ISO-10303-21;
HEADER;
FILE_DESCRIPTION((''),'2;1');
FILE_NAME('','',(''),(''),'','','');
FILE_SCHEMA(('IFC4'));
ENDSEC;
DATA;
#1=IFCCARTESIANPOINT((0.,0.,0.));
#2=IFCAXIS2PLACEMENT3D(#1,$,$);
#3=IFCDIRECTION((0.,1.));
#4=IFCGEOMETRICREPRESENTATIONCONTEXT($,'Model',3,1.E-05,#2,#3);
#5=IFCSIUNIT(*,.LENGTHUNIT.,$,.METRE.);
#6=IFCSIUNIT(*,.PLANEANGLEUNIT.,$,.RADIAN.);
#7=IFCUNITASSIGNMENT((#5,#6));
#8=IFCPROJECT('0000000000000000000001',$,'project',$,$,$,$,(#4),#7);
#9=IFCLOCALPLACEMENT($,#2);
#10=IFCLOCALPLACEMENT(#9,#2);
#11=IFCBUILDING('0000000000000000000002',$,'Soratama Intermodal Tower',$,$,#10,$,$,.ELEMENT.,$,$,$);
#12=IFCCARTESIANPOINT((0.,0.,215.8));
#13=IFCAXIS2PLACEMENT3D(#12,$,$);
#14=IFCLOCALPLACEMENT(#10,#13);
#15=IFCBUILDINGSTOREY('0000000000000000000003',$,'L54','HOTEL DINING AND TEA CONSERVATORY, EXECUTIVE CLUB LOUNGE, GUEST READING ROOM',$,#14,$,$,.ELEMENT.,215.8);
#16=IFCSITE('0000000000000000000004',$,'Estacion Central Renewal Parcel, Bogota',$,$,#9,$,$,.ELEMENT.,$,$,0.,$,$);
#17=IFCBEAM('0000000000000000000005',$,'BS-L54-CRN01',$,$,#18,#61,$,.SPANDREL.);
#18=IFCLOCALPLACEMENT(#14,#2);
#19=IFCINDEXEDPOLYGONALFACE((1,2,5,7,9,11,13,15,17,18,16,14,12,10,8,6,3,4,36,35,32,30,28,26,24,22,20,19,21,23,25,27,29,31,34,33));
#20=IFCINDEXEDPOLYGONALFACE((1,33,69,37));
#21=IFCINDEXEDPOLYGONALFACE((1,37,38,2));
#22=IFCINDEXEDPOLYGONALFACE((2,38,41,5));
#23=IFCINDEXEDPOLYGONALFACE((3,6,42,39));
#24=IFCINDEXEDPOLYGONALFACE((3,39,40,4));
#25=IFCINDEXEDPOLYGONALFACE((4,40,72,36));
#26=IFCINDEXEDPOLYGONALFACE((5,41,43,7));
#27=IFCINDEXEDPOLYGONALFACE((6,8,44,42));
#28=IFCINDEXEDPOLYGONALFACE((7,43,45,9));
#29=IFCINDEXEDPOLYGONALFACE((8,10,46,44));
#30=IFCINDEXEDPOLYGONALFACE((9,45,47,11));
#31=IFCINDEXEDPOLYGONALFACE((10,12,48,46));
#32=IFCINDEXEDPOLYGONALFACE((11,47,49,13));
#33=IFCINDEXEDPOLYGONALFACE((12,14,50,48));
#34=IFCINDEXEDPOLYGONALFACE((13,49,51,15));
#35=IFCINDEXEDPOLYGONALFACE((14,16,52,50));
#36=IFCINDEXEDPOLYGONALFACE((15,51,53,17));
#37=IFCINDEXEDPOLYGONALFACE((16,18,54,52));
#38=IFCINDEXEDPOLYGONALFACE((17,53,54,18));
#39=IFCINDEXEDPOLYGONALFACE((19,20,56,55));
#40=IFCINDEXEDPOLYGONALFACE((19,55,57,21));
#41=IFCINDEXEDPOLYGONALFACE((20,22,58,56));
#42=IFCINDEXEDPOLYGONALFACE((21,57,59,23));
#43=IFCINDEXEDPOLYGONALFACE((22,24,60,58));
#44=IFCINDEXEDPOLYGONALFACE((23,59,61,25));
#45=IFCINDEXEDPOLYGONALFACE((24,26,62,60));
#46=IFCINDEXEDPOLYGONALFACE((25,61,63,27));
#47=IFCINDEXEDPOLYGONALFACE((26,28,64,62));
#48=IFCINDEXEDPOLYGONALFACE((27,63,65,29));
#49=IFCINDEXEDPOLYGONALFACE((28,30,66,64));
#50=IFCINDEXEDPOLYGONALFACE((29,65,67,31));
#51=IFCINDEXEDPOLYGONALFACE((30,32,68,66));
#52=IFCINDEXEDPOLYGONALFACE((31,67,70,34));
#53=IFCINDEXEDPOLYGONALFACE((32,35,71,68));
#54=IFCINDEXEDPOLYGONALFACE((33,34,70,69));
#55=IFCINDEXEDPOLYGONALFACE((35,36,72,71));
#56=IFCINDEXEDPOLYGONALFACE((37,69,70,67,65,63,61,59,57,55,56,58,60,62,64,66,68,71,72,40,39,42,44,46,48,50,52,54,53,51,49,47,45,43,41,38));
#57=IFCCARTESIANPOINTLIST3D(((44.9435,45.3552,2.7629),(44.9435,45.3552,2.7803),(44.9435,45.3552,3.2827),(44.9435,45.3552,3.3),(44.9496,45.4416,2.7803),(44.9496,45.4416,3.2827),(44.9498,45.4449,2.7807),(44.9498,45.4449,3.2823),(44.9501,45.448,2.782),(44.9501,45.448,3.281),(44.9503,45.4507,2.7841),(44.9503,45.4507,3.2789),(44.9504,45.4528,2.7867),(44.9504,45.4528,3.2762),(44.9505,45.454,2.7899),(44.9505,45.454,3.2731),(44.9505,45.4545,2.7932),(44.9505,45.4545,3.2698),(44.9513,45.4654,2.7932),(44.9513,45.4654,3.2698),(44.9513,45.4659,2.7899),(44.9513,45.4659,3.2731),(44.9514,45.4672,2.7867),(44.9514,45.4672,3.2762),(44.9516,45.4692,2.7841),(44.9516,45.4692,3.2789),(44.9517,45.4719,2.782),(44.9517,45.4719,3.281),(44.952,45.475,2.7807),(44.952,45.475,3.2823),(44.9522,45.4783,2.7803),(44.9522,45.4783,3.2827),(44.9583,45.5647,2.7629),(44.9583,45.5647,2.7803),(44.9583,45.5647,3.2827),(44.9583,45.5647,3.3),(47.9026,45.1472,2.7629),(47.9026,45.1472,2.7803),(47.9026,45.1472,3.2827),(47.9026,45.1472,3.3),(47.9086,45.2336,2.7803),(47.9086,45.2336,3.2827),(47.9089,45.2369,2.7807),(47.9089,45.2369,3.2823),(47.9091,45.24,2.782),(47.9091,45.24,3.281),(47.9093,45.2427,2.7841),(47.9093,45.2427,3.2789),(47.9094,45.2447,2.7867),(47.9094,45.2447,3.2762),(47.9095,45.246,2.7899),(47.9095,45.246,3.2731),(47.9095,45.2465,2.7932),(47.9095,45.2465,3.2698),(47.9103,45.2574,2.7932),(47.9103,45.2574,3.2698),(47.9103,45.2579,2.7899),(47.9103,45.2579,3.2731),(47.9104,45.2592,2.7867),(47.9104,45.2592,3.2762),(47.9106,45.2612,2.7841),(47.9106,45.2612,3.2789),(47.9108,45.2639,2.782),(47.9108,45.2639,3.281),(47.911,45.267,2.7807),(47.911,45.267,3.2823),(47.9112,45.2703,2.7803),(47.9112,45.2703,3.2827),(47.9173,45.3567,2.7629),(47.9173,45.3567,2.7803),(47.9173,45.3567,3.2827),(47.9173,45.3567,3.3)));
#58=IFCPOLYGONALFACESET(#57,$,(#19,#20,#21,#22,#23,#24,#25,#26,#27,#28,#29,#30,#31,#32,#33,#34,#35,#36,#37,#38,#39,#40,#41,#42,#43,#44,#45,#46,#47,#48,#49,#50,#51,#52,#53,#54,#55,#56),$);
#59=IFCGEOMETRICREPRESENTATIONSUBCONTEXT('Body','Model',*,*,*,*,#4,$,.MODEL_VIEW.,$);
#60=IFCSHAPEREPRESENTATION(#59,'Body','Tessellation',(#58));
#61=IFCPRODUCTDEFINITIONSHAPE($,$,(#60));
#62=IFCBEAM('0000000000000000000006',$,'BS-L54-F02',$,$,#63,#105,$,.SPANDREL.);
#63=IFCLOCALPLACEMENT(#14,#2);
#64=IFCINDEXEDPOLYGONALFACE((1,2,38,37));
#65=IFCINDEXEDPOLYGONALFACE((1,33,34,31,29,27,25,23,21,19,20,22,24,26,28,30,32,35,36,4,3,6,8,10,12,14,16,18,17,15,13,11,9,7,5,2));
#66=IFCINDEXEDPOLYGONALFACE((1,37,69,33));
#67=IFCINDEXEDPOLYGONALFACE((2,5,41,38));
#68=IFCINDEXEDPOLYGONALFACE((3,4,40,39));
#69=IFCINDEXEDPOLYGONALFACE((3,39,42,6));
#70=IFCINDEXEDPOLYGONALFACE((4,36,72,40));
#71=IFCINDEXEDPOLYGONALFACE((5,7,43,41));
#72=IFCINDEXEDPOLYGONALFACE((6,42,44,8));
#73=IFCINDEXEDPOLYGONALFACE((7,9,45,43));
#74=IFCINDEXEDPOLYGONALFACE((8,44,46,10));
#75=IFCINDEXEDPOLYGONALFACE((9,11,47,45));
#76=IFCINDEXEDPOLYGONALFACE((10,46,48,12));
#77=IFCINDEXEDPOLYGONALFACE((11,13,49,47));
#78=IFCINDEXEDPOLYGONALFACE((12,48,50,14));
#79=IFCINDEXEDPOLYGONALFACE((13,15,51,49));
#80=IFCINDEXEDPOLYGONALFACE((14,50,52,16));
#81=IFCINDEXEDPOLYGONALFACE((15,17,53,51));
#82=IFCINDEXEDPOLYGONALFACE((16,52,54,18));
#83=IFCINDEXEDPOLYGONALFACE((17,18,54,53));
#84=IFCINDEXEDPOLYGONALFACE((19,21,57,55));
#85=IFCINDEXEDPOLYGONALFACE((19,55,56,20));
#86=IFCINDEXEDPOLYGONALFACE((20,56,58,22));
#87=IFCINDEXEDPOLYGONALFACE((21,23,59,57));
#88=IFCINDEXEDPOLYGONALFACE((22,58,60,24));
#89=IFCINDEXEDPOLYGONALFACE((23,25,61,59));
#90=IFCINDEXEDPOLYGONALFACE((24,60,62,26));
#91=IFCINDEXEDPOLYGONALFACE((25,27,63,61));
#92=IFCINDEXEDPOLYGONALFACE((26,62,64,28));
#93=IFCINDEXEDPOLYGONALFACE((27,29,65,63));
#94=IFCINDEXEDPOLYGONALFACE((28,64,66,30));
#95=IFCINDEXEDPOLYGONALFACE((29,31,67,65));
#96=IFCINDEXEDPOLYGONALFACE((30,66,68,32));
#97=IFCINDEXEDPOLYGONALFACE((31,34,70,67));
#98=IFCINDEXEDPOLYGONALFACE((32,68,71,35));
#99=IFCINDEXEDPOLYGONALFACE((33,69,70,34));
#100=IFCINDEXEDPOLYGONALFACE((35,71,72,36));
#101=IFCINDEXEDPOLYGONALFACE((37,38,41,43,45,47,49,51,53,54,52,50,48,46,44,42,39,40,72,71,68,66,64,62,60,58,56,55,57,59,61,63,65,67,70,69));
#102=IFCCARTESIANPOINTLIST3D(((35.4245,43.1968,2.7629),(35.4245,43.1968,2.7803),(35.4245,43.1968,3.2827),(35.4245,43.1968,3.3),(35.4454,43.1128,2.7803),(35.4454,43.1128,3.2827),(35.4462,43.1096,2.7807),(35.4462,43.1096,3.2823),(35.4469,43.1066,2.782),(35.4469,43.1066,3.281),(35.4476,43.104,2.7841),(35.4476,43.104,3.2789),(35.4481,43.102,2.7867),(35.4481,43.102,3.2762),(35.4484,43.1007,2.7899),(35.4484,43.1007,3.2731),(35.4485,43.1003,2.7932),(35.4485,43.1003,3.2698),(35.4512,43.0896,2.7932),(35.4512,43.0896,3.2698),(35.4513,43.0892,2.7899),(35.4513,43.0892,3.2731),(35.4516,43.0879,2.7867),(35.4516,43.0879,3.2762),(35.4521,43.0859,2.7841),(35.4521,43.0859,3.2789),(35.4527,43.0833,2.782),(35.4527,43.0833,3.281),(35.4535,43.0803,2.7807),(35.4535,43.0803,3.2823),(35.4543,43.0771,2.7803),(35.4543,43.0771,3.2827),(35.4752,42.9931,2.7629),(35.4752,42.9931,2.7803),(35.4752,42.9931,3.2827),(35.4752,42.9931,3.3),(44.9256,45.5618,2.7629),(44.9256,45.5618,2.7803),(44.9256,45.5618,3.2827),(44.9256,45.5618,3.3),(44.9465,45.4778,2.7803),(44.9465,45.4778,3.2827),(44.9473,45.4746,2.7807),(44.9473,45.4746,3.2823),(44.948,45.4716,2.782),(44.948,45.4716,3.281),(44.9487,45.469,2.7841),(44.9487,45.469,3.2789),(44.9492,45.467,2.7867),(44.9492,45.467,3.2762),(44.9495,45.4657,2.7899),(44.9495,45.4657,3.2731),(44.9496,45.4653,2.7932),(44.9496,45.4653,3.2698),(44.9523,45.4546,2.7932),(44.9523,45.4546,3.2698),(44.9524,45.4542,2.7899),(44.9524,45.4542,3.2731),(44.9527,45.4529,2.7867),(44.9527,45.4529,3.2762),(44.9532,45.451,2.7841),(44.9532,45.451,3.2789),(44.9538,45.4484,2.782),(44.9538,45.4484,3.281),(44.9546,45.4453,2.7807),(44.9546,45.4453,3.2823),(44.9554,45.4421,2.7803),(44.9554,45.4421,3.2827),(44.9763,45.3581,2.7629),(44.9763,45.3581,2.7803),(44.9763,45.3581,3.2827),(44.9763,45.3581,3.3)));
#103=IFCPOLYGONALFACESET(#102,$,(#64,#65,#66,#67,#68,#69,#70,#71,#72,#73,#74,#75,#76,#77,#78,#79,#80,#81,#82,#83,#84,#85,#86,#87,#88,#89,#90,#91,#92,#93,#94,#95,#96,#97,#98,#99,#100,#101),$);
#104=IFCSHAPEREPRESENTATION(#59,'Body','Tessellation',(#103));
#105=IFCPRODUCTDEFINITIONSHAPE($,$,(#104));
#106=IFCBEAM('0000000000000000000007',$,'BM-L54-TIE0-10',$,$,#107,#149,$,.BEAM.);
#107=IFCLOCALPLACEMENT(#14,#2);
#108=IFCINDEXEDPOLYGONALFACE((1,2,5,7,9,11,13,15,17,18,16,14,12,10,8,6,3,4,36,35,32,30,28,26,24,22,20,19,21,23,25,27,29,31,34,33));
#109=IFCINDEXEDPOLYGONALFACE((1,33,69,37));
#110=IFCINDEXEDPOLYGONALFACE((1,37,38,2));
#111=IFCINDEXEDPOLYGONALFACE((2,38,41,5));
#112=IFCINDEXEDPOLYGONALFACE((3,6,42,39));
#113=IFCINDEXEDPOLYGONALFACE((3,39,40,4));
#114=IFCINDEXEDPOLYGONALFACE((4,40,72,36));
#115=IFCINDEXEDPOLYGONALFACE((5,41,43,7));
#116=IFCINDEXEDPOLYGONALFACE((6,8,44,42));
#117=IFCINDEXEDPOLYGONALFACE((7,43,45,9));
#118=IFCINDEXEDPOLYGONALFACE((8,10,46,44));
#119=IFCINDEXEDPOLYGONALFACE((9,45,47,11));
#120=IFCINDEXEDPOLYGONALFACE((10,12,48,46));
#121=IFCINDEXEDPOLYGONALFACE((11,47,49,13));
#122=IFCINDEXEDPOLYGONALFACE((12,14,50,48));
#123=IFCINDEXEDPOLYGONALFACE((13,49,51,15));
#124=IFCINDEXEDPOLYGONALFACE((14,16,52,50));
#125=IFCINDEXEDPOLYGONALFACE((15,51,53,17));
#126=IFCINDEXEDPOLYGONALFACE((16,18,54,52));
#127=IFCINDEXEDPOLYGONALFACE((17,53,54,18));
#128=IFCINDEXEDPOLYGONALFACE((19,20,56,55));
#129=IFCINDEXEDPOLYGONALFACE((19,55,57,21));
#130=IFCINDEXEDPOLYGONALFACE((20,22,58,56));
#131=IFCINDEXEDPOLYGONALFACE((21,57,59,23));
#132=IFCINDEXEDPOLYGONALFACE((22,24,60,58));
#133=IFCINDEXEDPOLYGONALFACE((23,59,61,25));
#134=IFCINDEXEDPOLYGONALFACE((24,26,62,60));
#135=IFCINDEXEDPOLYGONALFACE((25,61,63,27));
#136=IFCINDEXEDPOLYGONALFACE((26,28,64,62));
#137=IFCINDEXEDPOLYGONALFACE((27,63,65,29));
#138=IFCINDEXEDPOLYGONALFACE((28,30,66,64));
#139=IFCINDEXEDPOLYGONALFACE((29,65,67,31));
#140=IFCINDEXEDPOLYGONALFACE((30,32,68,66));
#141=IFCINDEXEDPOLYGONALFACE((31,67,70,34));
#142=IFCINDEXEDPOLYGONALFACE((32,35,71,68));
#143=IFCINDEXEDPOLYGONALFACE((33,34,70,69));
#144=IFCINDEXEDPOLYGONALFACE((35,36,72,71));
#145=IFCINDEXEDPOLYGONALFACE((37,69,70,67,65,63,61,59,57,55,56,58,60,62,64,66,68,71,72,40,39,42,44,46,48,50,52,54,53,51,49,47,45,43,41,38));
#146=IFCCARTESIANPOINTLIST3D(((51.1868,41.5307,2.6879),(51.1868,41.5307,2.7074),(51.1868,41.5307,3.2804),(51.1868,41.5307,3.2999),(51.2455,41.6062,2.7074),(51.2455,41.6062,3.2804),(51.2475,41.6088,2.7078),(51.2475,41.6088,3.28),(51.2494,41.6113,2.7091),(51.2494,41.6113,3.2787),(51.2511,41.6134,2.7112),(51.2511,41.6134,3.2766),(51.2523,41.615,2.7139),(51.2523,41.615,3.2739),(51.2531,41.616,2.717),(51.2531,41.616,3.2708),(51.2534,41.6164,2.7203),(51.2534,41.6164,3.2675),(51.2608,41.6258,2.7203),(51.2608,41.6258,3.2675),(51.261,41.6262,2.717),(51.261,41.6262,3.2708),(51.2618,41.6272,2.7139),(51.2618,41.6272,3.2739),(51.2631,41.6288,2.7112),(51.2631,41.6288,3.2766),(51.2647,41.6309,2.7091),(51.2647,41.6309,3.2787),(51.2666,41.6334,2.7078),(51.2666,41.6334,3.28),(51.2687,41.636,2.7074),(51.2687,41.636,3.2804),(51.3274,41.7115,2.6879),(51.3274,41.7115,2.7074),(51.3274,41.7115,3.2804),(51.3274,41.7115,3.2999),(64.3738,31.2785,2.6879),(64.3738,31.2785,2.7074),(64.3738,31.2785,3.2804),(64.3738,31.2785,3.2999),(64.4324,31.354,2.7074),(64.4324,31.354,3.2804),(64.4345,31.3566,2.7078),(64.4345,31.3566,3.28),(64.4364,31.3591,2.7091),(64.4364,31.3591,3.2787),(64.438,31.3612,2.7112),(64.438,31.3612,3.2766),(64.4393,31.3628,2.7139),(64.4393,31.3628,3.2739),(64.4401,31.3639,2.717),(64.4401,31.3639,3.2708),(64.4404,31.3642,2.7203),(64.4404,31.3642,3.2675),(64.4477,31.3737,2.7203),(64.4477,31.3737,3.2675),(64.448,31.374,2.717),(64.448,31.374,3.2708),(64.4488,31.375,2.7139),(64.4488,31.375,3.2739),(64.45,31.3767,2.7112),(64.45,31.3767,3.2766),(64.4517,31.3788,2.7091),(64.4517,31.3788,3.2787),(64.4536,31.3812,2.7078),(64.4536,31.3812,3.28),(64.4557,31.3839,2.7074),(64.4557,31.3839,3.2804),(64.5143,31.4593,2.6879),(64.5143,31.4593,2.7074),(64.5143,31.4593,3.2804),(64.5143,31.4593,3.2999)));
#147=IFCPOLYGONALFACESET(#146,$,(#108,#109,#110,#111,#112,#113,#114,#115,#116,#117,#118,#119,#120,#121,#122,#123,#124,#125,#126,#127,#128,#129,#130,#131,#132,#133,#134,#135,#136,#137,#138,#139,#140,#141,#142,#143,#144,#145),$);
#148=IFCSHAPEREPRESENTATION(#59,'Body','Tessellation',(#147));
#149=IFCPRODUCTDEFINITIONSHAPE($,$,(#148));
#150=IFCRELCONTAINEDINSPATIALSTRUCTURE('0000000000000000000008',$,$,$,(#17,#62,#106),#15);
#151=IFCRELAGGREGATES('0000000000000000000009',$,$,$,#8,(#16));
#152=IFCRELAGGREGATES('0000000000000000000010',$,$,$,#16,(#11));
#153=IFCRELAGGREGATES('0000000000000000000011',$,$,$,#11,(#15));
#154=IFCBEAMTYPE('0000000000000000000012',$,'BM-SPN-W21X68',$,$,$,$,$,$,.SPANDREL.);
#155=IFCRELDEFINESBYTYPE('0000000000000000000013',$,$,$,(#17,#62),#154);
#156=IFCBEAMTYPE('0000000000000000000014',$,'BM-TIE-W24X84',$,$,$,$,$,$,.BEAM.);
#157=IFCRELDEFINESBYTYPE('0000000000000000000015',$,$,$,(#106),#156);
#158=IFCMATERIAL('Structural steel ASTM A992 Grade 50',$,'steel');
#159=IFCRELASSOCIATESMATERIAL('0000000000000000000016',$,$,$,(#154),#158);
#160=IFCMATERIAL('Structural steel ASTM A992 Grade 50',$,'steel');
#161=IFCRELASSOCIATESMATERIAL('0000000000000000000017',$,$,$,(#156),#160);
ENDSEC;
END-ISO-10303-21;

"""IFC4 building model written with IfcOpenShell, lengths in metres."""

from ifc_helpers import new_model, si_unit, direction, frame, origin, origin_2d, place, context, subcontext, project, spatial, i_section, extrude, material, material_profile, profile_set, type_object, element, save


model = new_model("IFC4")

# Units and contexts
model_context = context("Model", 3, precision=1e-05, world=origin(), true_north=direction((0.0, 1.0)))
body_context = subcontext(model_context, "Body", "Model", "MODEL_VIEW")
ifc_project = project(units=[si_unit("LENGTHUNIT", "METRE"), si_unit("PLANEANGLEUNIT", "RADIAN")], contexts=[model_context])

# Site, building, storey
site_placement = place(None, origin())
site = spatial("IfcSite", under=ifc_project, at=site_placement, Name="Estacion Central Renewal Parcel, Bogota", CompositionType="ELEMENT", RefElevation=0.0)
building_placement = place(site_placement, origin())
building = spatial("IfcBuilding", under=site, at=building_placement, Name="Soratama Intermodal Tower", CompositionType="ELEMENT")
storey_placement = place(building_placement, frame((0.0, 0.0, 215.8)))
storey = spatial("IfcBuildingStorey", under=building, at=storey_placement, Name="L54", Description="HOTEL DINING AND TEA CONSERVATORY, EXECUTIVE CLUB LOUNGE, GUEST READING ROOM", CompositionType="ELEMENT", Elevation=215.8)

# Beams
ifc_material_1 = material(Name="Structural steel ASTM A992 Grade 50", Category="steel")
ifc_material_profile_1 = material_profile(ifc_material_1, i_section(OverallWidth=0.21, OverallDepth=0.5371, WebThickness=0.011, FlangeThickness=0.0173, FilletRadius=0.0129, at=origin_2d()), Name="W21X68")
ifc_profile_set_1 = profile_set([ifc_material_profile_1], Name="Structural steel ASTM A992 Grade 50")
beam_type_1 = type_object("IfcBeamType", Name="BM-SPN-W21X68", PredefinedType="SPANDREL", material=ifc_profile_set_1)
beam_1_placement = place(storey_placement, frame((47.9099, 45.252, 3.0315), z_axis=(-0.997538, 0.070124, 0.0), x_axis=(-0.070124, -0.997538, 0.0)))
element("IfcBeam", 1, at=beam_1_placement, inside=storey, type_object=beam_type_1, Name="BS-L54-CRN01", PredefinedType="SPANDREL", context=body_context, shape_type="SweptSolid", body=[
    extrude(i_section(OverallWidth=0.21, OverallDepth=0.5371, WebThickness=0.011, FlangeThickness=0.0173, FilletRadius=0.0129, at=origin_2d()), origin(), (0.0, 0.0, 1.0), 2.9663),
])
beam_2_placement = place(storey_placement, frame((44.9509, 45.46, 3.0315), z_axis=(-0.970388, -0.24155, 0.0), x_axis=(0.24155, -0.970388, 0.0)))
element("IfcBeam", 2, at=beam_2_placement, inside=storey, type_object=beam_type_1, Name="BS-L54-F02", PredefinedType="SPANDREL", context=body_context, shape_type="SweptSolid", body=[
    extrude(i_section(OverallWidth=0.21, OverallDepth=0.5371, WebThickness=0.011, FlangeThickness=0.0173, FilletRadius=0.0129, at=origin_2d()), origin(), (0.0, 0.0, 1.0), 9.791),
])
ifc_material_2 = material(Name="Structural steel ASTM A992 Grade 50", Category="steel")
ifc_material_profile_2 = material_profile(ifc_material_2, i_section(OverallWidth=0.229, OverallDepth=0.6121, WebThickness=0.012, FlangeThickness=0.0195, FilletRadius=0.0129, at=origin_2d()), Name="W24X84")
ifc_profile_set_2 = profile_set([ifc_material_profile_2], Name="Structural steel ASTM A992 Grade 50")
beam_type_2 = type_object("IfcBeamType", Name="BM-TIE-W24X84", PredefinedType="BEAM", material=ifc_profile_set_2)
beam_3_placement = place(storey_placement, frame((51.2571, 41.6211, 2.9939), z_axis=(0.789479, -0.613778, 0.0), x_axis=(0.613778, 0.789479, 0.0)))
element("IfcBeam", 3, at=beam_3_placement, inside=storey, type_object=beam_type_2, Name="BM-L54-TIE0-10", PredefinedType="BEAM", context=body_context, shape_type="SweptSolid", body=[
    extrude(i_section(OverallWidth=0.229, OverallDepth=0.6121, WebThickness=0.012, FlangeThickness=0.0195, FilletRadius=0.0129, at=origin_2d()), origin(), (0.0, 0.0, 1.0), 16.7034),
])

save(model, "model.ifc")
